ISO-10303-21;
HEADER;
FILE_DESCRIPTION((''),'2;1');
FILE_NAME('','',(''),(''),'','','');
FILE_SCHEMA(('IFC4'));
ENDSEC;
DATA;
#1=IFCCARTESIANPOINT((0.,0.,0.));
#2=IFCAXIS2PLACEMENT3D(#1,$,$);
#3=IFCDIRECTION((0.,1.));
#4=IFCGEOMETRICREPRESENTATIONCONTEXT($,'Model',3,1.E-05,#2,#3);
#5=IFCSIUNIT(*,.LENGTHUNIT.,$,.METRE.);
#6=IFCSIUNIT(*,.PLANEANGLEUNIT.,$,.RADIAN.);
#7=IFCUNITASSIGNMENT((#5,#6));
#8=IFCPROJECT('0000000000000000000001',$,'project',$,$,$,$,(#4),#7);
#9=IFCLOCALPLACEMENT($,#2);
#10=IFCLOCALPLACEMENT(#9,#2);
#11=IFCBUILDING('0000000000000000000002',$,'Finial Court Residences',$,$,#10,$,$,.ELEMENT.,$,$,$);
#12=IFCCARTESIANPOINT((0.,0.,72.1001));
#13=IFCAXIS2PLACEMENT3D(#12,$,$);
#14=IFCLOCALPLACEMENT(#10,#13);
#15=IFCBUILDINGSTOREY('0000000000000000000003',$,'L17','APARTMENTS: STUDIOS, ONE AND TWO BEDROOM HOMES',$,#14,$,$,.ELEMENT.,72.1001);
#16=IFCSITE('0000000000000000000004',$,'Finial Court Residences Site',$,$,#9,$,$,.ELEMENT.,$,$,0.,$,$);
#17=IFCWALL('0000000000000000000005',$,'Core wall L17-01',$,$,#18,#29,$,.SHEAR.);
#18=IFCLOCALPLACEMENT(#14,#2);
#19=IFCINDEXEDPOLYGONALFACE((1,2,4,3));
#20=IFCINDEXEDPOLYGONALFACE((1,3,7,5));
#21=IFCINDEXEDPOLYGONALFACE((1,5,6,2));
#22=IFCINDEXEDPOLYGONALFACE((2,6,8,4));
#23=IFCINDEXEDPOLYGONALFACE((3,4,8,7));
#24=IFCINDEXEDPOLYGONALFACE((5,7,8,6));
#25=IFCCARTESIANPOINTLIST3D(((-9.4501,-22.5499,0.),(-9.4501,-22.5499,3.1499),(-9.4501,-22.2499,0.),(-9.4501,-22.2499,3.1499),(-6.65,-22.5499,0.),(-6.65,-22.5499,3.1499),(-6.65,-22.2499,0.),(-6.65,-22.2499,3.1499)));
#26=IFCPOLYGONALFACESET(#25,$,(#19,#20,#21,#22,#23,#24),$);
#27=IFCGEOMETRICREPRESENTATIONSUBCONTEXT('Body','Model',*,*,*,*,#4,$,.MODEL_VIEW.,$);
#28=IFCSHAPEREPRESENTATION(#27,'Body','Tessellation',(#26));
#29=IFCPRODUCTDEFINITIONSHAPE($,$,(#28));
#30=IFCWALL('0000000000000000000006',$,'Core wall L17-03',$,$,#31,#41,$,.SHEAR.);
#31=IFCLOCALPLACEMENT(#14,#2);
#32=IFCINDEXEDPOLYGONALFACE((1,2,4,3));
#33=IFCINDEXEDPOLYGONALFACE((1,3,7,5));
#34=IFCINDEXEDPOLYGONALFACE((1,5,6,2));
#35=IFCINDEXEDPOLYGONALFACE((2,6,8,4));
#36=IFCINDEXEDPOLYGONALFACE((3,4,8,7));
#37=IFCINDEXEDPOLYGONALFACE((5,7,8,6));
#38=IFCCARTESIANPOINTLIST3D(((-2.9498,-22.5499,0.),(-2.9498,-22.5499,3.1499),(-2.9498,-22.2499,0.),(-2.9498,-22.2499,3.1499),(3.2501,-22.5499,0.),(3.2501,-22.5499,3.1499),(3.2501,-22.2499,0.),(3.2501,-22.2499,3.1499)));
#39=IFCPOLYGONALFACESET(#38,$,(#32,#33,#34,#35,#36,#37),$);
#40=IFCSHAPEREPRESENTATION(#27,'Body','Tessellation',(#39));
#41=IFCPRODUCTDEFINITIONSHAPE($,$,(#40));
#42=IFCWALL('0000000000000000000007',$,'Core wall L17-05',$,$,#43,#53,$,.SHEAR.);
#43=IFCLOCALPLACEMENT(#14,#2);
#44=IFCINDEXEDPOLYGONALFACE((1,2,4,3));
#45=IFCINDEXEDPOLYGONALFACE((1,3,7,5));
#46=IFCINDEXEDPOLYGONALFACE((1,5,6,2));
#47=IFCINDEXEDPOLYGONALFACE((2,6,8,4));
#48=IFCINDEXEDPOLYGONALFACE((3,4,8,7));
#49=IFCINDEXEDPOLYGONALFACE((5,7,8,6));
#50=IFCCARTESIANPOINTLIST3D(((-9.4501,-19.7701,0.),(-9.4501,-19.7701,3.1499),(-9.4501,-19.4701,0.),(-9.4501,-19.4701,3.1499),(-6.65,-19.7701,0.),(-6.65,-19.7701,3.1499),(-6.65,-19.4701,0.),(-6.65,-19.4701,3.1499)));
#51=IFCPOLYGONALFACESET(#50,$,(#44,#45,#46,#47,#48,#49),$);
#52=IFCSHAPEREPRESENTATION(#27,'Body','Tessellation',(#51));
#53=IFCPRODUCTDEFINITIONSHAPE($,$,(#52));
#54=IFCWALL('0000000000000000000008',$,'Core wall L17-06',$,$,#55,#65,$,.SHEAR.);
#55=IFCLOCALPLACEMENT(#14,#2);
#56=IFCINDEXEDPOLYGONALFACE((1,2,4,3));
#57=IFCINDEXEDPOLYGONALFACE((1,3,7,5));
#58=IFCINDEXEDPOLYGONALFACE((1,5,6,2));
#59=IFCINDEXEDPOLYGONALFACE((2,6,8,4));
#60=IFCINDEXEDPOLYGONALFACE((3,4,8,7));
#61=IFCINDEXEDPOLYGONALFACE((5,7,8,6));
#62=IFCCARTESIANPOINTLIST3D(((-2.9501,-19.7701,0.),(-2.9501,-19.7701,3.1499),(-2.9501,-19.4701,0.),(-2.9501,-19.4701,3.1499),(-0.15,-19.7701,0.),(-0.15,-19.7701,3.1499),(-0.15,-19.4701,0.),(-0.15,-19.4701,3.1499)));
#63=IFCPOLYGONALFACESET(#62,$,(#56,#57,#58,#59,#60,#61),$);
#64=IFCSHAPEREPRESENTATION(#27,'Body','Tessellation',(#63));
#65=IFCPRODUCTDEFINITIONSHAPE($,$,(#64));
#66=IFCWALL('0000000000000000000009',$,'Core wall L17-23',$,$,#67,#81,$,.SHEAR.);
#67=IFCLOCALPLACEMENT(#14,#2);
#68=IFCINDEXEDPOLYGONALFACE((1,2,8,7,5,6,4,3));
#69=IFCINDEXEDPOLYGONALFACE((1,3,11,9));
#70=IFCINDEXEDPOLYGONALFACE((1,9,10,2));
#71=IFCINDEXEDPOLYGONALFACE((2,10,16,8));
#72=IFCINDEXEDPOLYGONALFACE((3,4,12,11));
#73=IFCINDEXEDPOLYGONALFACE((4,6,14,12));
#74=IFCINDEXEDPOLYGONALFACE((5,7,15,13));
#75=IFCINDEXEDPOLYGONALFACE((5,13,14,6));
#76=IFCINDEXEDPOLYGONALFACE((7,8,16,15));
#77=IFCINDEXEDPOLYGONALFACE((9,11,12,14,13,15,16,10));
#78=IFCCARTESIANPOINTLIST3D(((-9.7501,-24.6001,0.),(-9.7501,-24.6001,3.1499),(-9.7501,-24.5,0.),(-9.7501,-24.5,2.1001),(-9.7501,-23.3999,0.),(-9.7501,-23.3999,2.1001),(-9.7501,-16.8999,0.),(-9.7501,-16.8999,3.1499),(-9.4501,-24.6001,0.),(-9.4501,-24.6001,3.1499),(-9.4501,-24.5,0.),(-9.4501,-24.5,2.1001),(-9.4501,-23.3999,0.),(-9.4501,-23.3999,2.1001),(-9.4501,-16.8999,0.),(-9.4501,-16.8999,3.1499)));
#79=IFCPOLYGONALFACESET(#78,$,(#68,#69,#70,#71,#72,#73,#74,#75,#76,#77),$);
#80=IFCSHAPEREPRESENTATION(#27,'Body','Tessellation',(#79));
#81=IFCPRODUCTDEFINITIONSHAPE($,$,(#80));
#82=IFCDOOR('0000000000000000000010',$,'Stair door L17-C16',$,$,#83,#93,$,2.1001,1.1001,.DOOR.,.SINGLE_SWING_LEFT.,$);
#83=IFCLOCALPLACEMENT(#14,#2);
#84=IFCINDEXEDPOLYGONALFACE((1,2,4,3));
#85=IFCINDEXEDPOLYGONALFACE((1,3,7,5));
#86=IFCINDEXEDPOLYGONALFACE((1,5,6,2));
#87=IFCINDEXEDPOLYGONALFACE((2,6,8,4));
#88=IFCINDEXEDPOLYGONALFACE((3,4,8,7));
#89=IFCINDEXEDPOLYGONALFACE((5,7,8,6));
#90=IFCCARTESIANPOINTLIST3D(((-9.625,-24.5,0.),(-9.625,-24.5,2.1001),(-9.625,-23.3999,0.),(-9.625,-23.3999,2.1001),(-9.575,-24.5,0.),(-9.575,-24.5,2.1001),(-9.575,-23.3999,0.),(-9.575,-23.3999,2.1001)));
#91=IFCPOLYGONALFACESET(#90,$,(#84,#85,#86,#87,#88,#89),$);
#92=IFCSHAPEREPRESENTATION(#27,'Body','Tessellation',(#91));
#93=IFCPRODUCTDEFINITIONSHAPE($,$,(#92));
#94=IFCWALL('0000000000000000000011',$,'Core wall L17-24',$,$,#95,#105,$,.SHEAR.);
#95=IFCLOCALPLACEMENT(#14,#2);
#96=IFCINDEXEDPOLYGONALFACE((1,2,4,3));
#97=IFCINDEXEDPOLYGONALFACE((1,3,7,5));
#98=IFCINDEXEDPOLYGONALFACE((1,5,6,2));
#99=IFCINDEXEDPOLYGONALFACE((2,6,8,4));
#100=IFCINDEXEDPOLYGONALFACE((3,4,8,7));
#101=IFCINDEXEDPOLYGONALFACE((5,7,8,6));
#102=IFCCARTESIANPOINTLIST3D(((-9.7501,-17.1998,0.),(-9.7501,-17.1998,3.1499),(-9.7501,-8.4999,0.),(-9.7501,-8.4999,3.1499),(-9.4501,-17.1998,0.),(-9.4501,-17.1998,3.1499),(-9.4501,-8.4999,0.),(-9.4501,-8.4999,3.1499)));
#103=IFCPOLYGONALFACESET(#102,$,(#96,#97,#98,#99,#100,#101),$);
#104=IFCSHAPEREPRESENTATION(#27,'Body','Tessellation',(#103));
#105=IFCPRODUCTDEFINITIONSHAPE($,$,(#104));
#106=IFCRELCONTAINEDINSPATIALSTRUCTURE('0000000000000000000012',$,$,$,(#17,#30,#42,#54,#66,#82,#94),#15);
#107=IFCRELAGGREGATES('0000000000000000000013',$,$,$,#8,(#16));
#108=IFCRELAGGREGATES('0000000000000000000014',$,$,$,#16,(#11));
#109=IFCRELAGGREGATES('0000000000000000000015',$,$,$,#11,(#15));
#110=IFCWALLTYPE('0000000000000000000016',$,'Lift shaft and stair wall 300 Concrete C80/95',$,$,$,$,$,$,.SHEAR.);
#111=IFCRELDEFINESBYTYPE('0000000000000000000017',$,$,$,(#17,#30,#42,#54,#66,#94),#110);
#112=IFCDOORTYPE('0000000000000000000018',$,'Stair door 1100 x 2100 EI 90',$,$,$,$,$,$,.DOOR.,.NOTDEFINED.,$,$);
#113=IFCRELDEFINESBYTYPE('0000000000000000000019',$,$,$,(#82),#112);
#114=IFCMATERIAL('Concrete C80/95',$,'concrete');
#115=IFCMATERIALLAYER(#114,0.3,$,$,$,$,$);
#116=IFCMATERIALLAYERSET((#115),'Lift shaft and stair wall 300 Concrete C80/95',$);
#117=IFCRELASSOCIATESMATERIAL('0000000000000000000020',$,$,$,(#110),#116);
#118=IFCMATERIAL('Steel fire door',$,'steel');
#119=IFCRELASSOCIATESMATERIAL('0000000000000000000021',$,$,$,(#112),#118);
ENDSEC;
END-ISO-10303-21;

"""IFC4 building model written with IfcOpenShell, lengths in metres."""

from ifc_helpers import new_model, si_unit, direction, frame, frame_2d, origin, place, context, subcontext, project, spatial, rectangle, extrude, material, layer, layer_set, type_object, element, fill, save


model = new_model("IFC4")

# Units and contexts
model_context = context("Model", 3, precision=1e-05, world=origin(), true_north=direction((0.0, 1.0)))
body_context = subcontext(model_context, "Body", "Model", "MODEL_VIEW")
ifc_project = project(units=[si_unit("LENGTHUNIT", "METRE"), si_unit("PLANEANGLEUNIT", "RADIAN")], contexts=[model_context])

# Site, building, storey
site_placement = place(None, origin())
site = spatial("IfcSite", under=ifc_project, at=site_placement, Name="Finial Court Residences Site", CompositionType="ELEMENT", RefElevation=0.0)
building_placement = place(site_placement, origin())
building = spatial("IfcBuilding", under=site, at=building_placement, Name="Finial Court Residences", CompositionType="ELEMENT")
storey_placement = place(building_placement, frame((0.0, 0.0, 72.1001)))
storey = spatial("IfcBuildingStorey", under=building, at=storey_placement, Name="L17", Description="APARTMENTS: STUDIOS, ONE AND TWO BEDROOM HOMES", CompositionType="ELEMENT", Elevation=72.1001)

# Walls
ifc_material_1 = material(Name="Concrete C80/95", Category="concrete")
ifc_layer_1 = layer(ifc_material_1, 0.3)
ifc_layer_set_1 = layer_set([ifc_layer_1], Name="Lift shaft and stair wall 300 Concrete C80/95")
wall_type_1 = type_object("IfcWallType", Name="Lift shaft and stair wall 300 Concrete C80/95", PredefinedType="SHEAR", material=ifc_layer_set_1)
wall_1_placement = place(storey_placement, frame((-9.45, -22.3999, 0.0), z_axis=(0.0, 0.0, 1.0), x_axis=(1.0, 0.0, 0.0)))
element("IfcWall", 1, at=wall_1_placement, inside=storey, type_object=wall_type_1, Name="Core wall L17-01", PredefinedType="SHEAR", context=body_context, shape_type="SweptSolid", body=[
    extrude(rectangle(XDim=2.8, YDim=0.3, at=frame_2d((1.3999, 0.0))), origin(), (0.0, 0.0, 1.0), 3.1499),
])
wall_2_placement = place(storey_placement, frame((-2.95, -22.3999, 0.0), z_axis=(0.0, 0.0, 1.0), x_axis=(1.0, 0.0, 0.0)))
element("IfcWall", 2, at=wall_2_placement, inside=storey, type_object=wall_type_1, Name="Core wall L17-03", PredefinedType="SHEAR", context=body_context, shape_type="SweptSolid", body=[
    extrude(rectangle(XDim=6.2, YDim=0.3, at=frame_2d((3.1001, 0.0))), origin(), (0.0, 0.0, 1.0), 3.1499),
])
for number, where, z_axis, x_axis, name in (
    (3, (-9.45, -19.6201, 0.0), (0.0, 0.0, 1.0), (1.0, 0.0, 0.0), "Core wall L17-05"),
    (4, (-2.95, -19.6201, 0.0), (0.0, 0.0, 1.0), (1.0, 0.0, 0.0), "Core wall L17-06"),
):
    element("IfcWall", number, at=place(storey_placement, frame(where, z_axis=z_axis, x_axis=x_axis)), inside=storey, type_object=wall_type_1, Name=name, PredefinedType="SHEAR", context=body_context, shape_type="SweptSolid", body=[
        extrude(rectangle(XDim=2.8, YDim=0.3, at=frame_2d((1.3999, 0.0))), origin(), (0.0, 0.0, 1.0), 3.1499),
    ])

# Wall, opening, door
wall_3_placement = place(storey_placement, frame((-9.6001, -24.6001, 0.0), z_axis=(0.0, 0.0, 1.0), x_axis=(0.0, 1.0, 0.0)))
wall_3 = element("IfcWall", 5, at=wall_3_placement, inside=storey, type_object=wall_type_1, Name="Core wall L17-23", PredefinedType="SHEAR", context=body_context, shape_type="SweptSolid", body=[
    extrude(rectangle(XDim=7.7002, YDim=0.3, at=frame_2d((3.8501, 0.0))), origin(), (0.0, 0.0, 1.0), 3.1499),
])
opening_1_placement = place(wall_3_placement, frame((0.1001, 0.0, 0.0)))
opening_1 = element("IfcOpeningElement", 6, at=opening_1_placement, cuts=wall_3, PredefinedType="OPENING", context=body_context, shape_type="SweptSolid", body=[
    extrude(rectangle(XDim=1.1001, YDim=2.1001, at=frame_2d((0.55, 1.05))), frame((0.0, 0.1599, 0.0), z_axis=(0.0, -1.0, 0.0), x_axis=(1.0, 0.0, 0.0)), (0.0, 0.0, 1.0), 0.3201),
])
ifc_material_2 = material(Name="Steel fire door", Category="steel")
door_type_1 = type_object("IfcDoorType", Name="Stair door 1100 x 2100 EI 90", OperationType="NOTDEFINED", PredefinedType="DOOR", material=ifc_material_2)
door_1_placement = place(opening_1_placement, origin())
door_1 = element("IfcDoor", 7, at=door_1_placement, inside=storey, type_object=door_type_1, Name="Stair door L17-C16", OperationType="SINGLE_SWING_LEFT", OverallHeight=2.1001, OverallWidth=1.1001, PredefinedType="DOOR", context=body_context, shape_type="SweptSolid", body=[
    extrude(rectangle(XDim=1.1001, YDim=2.1001, at=frame_2d((0.55, 1.05))), frame((0.0, 0.0249, 0.0), z_axis=(0.0, -1.0, 0.0), x_axis=(1.0, 0.0, 0.0)), (0.0, 0.0, 1.0), 0.05),
])
fill(opening_1, door_1)

# Wall
wall_4_placement = place(storey_placement, frame((-9.6001, -17.2, 0.0), z_axis=(0.0, 0.0, 1.0), x_axis=(0.0, 1.0, 0.0)))
element("IfcWall", 8, at=wall_4_placement, inside=storey, type_object=wall_type_1, Name="Core wall L17-24", PredefinedType="SHEAR", context=body_context, shape_type="SweptSolid", body=[
    extrude(rectangle(XDim=8.7, YDim=0.3, at=frame_2d((4.3501, 0.0))), origin(), (0.0, 0.0, 1.0), 3.1499),
])

save(model, "model.ifc")
